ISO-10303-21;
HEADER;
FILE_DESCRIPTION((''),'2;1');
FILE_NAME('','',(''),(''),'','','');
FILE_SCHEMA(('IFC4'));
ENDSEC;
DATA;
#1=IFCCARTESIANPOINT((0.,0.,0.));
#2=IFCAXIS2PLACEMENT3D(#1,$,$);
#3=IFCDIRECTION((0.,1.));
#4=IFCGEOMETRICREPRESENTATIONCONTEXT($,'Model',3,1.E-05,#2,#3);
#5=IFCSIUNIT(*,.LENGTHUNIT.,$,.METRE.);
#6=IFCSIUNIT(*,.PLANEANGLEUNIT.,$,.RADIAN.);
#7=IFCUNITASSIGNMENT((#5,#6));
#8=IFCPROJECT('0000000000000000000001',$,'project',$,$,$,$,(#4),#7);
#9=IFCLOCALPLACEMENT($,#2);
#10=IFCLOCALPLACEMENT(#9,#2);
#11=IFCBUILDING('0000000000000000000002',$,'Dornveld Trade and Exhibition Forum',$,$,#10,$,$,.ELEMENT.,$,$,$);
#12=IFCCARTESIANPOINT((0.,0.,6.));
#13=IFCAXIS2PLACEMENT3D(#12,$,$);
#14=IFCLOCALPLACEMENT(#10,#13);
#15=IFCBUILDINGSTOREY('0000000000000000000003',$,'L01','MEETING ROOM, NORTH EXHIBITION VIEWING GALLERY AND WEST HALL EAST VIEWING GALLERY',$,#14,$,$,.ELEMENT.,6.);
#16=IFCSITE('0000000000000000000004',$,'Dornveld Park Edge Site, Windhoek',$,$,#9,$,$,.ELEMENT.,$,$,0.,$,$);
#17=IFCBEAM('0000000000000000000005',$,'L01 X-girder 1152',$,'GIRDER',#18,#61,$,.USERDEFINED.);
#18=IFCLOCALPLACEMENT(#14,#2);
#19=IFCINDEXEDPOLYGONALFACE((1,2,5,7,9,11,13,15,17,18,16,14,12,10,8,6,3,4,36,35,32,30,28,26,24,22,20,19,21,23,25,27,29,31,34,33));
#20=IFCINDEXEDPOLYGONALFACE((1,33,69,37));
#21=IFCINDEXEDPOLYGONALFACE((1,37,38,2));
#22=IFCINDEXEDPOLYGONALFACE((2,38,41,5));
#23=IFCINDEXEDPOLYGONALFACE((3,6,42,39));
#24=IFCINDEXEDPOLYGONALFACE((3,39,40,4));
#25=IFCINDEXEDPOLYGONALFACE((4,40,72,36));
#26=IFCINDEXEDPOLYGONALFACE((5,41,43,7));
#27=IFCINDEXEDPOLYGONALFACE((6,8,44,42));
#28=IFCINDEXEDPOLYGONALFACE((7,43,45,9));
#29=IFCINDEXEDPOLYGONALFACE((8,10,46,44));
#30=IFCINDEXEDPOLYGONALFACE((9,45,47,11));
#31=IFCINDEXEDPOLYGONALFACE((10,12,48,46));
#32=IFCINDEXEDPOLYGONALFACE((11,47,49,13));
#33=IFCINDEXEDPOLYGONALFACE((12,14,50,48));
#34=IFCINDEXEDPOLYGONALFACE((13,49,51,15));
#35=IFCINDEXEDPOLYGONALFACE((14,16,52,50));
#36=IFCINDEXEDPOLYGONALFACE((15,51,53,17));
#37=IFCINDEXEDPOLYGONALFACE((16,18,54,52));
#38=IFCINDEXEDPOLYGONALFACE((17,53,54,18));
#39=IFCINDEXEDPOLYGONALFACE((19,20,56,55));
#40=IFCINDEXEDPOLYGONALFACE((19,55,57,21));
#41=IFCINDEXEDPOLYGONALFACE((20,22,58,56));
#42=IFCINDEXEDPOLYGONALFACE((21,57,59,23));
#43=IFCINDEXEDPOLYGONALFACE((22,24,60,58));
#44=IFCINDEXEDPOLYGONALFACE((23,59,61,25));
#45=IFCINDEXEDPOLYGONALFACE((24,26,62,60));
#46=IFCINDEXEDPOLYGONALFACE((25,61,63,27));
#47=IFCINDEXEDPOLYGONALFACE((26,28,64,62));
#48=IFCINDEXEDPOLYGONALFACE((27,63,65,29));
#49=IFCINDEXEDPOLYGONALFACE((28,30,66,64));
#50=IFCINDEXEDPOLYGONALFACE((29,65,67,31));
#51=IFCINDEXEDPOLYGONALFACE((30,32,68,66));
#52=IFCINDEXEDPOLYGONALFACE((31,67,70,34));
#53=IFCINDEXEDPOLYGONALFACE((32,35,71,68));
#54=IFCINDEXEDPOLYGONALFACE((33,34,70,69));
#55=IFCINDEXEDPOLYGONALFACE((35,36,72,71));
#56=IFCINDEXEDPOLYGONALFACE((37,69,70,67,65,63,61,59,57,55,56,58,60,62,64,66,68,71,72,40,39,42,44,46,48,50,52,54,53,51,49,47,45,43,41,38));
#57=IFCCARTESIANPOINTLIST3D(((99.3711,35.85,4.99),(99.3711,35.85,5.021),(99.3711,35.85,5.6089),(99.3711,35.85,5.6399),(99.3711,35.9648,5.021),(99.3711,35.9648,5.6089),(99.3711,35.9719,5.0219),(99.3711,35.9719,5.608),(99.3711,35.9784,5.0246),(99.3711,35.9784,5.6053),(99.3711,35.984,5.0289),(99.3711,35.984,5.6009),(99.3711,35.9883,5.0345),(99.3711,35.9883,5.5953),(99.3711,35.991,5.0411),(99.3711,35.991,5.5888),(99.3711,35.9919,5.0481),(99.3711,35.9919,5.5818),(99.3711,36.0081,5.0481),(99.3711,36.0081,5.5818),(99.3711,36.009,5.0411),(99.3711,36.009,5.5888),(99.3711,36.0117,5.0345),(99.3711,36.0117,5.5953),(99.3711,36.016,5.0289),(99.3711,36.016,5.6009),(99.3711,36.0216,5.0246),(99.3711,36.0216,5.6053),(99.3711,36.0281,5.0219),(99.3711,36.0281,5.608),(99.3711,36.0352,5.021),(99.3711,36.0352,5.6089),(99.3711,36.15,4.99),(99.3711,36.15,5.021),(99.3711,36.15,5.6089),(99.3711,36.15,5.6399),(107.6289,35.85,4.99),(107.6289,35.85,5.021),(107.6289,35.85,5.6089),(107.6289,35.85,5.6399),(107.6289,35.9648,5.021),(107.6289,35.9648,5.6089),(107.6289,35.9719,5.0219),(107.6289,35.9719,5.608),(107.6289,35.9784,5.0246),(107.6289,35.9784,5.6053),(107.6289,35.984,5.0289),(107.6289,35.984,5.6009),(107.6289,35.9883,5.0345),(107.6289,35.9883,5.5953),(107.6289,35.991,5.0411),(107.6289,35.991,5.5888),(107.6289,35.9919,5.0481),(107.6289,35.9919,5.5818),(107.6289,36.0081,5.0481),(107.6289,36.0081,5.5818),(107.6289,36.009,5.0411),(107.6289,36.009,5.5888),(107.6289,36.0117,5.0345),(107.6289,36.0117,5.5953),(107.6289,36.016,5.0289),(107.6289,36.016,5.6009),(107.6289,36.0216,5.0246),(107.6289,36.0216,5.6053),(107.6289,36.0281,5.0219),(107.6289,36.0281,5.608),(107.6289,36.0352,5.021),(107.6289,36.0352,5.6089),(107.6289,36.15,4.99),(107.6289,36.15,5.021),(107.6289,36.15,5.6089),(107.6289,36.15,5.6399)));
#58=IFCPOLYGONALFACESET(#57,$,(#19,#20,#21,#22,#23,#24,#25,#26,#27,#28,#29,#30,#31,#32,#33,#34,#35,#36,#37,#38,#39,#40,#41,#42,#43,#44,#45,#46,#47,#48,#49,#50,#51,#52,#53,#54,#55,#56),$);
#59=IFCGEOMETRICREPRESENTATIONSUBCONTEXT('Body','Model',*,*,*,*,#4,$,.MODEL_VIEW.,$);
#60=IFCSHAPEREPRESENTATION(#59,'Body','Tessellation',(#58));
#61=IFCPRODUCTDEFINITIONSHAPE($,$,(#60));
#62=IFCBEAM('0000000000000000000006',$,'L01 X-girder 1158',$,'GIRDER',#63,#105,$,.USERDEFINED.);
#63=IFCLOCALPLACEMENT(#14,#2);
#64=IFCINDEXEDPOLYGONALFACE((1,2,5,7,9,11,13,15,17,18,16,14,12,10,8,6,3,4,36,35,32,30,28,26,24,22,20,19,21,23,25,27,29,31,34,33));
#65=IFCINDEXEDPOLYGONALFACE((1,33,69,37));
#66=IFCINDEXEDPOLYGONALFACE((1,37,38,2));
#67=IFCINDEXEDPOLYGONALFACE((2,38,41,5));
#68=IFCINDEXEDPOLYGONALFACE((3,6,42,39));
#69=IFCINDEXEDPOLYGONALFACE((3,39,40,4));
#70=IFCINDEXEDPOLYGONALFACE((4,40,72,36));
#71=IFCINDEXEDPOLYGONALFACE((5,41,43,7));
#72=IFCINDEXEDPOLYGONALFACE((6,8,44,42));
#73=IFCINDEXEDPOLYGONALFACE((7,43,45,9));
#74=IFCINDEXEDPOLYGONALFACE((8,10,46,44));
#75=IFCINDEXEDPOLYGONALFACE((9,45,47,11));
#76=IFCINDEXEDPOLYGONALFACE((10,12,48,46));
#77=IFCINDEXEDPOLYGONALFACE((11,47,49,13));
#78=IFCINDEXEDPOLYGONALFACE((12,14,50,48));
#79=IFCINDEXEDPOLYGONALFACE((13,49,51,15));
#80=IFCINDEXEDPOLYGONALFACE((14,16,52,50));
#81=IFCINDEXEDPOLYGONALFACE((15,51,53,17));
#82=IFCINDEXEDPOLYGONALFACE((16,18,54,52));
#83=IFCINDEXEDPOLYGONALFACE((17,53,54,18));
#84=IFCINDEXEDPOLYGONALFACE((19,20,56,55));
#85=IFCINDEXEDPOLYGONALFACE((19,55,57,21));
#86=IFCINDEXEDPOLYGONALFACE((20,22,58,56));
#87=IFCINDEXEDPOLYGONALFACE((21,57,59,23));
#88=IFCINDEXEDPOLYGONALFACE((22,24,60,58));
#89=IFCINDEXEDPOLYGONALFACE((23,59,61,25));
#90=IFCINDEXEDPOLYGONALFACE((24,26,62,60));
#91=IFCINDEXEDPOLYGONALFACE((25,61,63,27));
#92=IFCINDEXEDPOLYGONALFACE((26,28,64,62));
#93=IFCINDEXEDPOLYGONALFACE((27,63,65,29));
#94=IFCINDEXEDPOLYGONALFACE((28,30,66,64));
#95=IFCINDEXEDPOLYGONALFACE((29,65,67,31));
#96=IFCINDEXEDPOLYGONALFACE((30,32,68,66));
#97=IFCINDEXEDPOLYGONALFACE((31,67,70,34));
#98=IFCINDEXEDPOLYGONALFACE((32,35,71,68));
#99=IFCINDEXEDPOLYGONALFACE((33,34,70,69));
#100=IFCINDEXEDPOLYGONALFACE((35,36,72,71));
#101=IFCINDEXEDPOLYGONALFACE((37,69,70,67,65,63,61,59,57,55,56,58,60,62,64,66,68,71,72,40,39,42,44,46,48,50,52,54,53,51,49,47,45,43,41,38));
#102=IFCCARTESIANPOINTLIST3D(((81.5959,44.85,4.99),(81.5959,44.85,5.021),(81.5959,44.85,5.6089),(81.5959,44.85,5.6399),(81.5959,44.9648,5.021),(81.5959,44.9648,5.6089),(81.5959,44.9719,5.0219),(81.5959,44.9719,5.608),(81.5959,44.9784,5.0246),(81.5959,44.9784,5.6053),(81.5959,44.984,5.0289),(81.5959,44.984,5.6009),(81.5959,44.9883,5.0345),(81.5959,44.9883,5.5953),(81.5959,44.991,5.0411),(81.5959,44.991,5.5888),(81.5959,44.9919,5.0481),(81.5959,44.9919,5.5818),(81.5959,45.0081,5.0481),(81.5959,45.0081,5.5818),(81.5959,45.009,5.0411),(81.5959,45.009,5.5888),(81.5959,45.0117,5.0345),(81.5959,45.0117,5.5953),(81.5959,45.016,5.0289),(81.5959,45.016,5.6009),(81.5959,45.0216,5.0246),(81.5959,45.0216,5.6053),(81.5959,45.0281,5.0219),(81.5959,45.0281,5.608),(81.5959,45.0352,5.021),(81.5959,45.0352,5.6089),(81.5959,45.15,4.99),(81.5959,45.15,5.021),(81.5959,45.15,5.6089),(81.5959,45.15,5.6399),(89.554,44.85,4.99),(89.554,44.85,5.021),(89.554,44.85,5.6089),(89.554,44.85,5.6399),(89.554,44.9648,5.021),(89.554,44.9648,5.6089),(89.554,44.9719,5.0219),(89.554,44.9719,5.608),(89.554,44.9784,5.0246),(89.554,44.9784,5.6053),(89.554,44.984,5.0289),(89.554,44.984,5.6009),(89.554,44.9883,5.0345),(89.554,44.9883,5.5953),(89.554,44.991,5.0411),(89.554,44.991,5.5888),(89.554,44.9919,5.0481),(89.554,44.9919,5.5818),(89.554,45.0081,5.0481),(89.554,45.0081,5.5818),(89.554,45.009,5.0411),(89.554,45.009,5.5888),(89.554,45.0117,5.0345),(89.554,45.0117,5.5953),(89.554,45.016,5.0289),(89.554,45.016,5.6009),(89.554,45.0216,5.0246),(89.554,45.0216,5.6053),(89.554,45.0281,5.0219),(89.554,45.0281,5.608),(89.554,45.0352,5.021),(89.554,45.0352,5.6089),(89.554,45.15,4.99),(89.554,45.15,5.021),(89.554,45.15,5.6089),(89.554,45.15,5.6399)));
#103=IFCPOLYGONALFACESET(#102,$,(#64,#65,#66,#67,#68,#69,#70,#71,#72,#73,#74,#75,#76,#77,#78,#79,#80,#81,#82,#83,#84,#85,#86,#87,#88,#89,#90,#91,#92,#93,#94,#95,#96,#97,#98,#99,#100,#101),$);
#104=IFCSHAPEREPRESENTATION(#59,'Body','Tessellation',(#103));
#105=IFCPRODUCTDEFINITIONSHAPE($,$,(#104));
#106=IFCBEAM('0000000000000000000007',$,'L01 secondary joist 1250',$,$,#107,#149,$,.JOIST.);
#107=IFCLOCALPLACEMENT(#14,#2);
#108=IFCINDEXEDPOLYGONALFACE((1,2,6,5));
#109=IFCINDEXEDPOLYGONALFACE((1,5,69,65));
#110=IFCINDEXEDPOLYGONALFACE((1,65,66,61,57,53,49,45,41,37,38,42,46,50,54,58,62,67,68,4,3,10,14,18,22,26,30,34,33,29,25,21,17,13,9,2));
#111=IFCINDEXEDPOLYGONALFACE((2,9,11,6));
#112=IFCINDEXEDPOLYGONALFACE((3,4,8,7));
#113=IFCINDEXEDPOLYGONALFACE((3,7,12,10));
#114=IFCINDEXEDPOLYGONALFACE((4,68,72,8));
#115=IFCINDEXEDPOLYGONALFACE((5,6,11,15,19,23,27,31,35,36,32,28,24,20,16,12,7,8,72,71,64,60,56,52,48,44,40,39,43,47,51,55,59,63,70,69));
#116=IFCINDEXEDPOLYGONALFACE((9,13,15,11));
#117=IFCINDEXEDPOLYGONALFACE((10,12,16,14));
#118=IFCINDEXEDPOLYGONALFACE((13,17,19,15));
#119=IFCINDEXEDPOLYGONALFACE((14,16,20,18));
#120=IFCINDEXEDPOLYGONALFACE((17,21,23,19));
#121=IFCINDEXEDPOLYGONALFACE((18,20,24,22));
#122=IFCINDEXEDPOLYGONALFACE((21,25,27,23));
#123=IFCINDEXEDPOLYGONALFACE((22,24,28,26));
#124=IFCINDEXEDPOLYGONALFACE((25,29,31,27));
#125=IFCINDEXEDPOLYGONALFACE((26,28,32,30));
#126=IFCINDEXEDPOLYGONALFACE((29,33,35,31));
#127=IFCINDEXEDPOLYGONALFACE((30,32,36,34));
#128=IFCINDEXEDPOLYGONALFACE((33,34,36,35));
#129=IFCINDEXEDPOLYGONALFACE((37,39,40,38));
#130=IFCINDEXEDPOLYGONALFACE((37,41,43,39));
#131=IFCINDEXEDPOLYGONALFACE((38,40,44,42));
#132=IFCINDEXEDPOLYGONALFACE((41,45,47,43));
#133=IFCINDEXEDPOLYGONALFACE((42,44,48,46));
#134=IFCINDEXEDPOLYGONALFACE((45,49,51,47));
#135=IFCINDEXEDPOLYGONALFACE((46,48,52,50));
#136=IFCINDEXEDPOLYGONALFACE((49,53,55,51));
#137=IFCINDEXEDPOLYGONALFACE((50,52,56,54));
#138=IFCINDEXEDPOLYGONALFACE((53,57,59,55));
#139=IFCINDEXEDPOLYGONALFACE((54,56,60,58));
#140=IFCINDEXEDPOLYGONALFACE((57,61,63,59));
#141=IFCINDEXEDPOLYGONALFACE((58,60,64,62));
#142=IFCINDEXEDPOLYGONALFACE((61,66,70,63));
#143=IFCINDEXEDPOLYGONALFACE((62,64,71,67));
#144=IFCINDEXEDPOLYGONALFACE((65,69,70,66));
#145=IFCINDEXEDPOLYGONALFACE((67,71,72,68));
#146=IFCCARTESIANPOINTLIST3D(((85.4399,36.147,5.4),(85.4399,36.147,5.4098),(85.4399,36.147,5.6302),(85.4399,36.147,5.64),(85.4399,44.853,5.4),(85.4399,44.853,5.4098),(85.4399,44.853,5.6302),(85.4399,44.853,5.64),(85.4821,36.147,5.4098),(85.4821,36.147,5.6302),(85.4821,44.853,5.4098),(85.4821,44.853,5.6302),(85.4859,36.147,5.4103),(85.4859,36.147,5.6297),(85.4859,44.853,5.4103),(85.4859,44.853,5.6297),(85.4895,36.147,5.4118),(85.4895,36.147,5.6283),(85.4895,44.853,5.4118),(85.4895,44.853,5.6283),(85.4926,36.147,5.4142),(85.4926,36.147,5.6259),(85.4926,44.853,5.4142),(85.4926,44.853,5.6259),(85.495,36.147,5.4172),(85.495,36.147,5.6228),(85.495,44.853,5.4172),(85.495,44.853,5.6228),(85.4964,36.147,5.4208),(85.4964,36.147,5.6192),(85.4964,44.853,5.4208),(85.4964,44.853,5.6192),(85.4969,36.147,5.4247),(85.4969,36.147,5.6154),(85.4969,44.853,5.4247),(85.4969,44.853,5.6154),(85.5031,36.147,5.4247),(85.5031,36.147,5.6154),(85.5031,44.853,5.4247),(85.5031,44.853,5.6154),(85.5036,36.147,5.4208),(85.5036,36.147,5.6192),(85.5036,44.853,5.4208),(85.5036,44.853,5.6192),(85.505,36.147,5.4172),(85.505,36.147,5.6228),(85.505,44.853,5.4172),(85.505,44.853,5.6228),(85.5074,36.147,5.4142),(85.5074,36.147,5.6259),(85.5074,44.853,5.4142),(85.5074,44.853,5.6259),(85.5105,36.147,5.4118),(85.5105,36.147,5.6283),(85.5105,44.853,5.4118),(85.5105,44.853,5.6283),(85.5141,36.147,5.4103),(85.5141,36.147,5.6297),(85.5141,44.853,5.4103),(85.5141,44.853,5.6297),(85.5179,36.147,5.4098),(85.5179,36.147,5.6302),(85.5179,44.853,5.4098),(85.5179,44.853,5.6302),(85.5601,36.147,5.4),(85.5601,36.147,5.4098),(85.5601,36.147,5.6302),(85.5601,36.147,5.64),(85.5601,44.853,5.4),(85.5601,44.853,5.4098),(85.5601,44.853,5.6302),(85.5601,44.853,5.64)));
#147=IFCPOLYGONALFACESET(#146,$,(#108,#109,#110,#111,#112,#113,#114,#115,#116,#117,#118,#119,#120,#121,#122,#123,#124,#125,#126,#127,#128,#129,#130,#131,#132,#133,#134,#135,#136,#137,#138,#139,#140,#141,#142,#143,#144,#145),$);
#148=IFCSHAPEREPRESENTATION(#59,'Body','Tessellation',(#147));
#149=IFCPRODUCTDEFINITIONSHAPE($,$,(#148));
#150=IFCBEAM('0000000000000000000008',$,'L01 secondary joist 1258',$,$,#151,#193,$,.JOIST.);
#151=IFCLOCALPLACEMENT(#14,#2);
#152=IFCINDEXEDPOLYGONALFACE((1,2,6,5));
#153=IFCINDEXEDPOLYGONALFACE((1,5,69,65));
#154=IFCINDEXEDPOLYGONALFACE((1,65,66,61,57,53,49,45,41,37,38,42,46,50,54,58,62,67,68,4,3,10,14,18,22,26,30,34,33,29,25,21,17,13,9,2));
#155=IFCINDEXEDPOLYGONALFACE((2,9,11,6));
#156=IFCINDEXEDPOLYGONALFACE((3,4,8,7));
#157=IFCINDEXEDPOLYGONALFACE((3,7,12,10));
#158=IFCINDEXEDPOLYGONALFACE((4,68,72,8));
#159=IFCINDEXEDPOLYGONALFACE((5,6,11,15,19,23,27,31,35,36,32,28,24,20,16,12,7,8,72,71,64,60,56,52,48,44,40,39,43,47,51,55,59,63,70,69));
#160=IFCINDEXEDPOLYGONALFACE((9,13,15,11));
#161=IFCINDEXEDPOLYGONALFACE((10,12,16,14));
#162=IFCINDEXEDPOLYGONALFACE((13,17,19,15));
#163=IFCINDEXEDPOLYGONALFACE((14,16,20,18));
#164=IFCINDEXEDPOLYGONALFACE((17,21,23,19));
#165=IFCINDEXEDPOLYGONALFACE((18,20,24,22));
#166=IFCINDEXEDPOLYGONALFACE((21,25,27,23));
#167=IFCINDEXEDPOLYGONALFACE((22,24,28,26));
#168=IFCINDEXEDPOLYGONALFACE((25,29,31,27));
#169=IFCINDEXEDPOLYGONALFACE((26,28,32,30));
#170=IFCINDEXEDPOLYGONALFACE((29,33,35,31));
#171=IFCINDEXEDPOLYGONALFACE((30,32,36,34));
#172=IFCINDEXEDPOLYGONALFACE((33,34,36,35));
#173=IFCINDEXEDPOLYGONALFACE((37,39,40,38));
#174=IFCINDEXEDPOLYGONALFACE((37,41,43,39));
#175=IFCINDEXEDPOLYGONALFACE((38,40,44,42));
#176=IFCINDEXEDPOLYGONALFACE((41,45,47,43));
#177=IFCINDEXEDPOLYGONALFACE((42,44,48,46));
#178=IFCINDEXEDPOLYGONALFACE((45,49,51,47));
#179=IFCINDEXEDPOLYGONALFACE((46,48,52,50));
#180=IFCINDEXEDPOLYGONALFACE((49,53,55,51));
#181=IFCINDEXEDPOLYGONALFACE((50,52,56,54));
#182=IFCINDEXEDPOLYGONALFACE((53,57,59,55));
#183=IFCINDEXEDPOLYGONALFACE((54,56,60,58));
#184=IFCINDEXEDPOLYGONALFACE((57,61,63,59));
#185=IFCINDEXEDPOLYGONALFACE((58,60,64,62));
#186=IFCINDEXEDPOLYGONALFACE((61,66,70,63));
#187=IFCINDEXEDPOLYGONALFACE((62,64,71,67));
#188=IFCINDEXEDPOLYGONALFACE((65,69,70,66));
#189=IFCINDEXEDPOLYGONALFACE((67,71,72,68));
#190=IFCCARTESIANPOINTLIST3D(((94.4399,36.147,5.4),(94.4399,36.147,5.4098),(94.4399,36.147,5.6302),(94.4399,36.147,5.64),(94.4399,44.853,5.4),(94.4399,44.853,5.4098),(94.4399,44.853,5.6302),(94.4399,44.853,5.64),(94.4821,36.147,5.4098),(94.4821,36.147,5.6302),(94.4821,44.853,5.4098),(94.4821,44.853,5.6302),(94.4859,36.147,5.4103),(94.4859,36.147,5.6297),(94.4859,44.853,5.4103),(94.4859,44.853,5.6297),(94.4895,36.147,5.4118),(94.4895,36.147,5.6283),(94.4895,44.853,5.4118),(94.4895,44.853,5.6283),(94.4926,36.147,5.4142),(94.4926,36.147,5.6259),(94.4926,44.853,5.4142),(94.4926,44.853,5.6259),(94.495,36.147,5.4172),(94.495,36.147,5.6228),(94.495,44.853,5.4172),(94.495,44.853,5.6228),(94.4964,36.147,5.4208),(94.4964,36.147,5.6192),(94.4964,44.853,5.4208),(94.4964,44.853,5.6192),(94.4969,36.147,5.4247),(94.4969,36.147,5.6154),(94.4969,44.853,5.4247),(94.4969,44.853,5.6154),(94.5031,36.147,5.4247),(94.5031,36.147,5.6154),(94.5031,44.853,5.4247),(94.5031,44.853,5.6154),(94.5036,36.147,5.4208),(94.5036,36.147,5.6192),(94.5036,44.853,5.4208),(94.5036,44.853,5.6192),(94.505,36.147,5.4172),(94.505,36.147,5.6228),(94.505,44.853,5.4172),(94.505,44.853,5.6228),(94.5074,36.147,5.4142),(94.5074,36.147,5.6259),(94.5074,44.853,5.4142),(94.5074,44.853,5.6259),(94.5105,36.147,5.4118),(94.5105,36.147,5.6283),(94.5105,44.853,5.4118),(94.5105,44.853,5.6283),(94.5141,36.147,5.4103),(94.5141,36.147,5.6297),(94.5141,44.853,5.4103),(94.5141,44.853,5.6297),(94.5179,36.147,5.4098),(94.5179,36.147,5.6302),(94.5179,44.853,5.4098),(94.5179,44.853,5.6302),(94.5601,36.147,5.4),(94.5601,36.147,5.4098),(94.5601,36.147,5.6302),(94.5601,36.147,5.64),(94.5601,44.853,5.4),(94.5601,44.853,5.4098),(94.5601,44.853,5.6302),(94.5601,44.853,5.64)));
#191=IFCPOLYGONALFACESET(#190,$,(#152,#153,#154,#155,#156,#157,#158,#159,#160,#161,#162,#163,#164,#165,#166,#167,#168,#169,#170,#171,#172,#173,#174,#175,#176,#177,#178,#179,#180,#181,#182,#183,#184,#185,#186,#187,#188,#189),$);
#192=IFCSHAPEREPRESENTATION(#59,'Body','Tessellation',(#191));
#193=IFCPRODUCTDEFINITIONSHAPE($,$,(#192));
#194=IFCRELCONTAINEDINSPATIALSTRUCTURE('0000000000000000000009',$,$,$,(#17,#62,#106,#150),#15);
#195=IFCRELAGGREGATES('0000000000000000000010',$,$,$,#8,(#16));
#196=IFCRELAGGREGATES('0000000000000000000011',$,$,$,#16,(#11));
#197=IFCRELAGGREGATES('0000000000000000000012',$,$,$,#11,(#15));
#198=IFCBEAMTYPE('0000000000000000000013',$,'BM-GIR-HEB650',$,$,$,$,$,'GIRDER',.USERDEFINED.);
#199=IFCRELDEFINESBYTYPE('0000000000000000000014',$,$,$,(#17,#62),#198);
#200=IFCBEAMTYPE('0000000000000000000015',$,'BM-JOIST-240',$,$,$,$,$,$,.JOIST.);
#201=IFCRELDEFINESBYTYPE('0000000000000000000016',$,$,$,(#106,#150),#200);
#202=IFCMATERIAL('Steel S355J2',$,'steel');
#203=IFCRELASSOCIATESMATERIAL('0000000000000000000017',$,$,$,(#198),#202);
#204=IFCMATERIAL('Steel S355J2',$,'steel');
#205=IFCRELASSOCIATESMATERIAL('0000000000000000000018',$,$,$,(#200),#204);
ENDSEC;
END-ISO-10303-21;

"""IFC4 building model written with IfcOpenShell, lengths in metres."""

from ifc_helpers import new_model, si_unit, direction, frame, origin, origin_2d, place, context, subcontext, project, spatial, i_section, extrude, material, material_profile, profile_set, type_object, element, save


model = new_model("IFC4")

# Units and contexts
model_context = context("Model", 3, precision=1e-05, world=origin(), true_north=direction((0.0, 1.0)))
body_context = subcontext(model_context, "Body", "Model", "MODEL_VIEW")
ifc_project = project(units=[si_unit("LENGTHUNIT", "METRE"), si_unit("PLANEANGLEUNIT", "RADIAN")], contexts=[model_context])

# Site, building, storey
site_placement = place(None, origin())
site = spatial("IfcSite", under=ifc_project, at=site_placement, Name="Dornveld Park Edge Site, Windhoek", CompositionType="ELEMENT", RefElevation=0.0)
building_placement = place(site_placement, origin())
building = spatial("IfcBuilding", under=site, at=building_placement, Name="Dornveld Trade and Exhibition Forum", CompositionType="ELEMENT")
storey_placement = place(building_placement, frame((0.0, 0.0, 6.0)))
storey = spatial("IfcBuildingStorey", under=building, at=storey_placement, Name="L01", Description="MEETING ROOM, NORTH EXHIBITION VIEWING GALLERY AND WEST HALL EAST VIEWING GALLERY", CompositionType="ELEMENT", Elevation=6.0)

# Beams
ifc_material_1 = material(Name="Steel S355J2", Category="steel")
ifc_material_profile_1 = material_profile(ifc_material_1, i_section(OverallWidth=0.3, OverallDepth=0.6499, WebThickness=0.0161, FlangeThickness=0.031, FilletRadius=0.0271, at=origin_2d()), Name="HEB 650")
ifc_profile_set_1 = profile_set([ifc_material_profile_1], Name="Steel S355J2")
beam_type_1 = type_object("IfcBeamType", Name="BM-GIR-HEB650", ElementType="GIRDER", PredefinedType="USERDEFINED", material=ifc_profile_set_1)
beam_1_placement = place(storey_placement, frame((99.3711, 36.0, 5.3149), z_axis=(1.0, 0.0, 0.0), x_axis=(0.0, 1.0, 0.0)))
element("IfcBeam", 1, at=beam_1_placement, inside=storey, type_object=beam_type_1, Name="L01 X-girder 1152", ObjectType="GIRDER", PredefinedType="USERDEFINED", context=body_context, shape_type="SweptSolid", body=[
    extrude(i_section(OverallWidth=0.3, OverallDepth=0.6499, WebThickness=0.0161, FlangeThickness=0.031, FilletRadius=0.0271, at=origin_2d()), origin(), (0.0, 0.0, 1.0), 8.2578),
])
beam_2_placement = place(storey_placement, frame((81.5959, 45.0, 5.3149), z_axis=(1.0, 0.0, 0.0), x_axis=(0.0, 1.0, 0.0)))
element("IfcBeam", 2, at=beam_2_placement, inside=storey, type_object=beam_type_1, Name="L01 X-girder 1158", ObjectType="GIRDER", PredefinedType="USERDEFINED", context=body_context, shape_type="SweptSolid", body=[
    extrude(i_section(OverallWidth=0.3, OverallDepth=0.6499, WebThickness=0.0161, FlangeThickness=0.031, FilletRadius=0.0271, at=origin_2d()), origin(), (0.0, 0.0, 1.0), 7.958),
])
ifc_material_2 = material(Name="Steel S355J2", Category="steel")
ifc_material_profile_2 = material_profile(ifc_material_2, i_section(OverallWidth=0.1201, OverallDepth=0.24, WebThickness=0.0061, FlangeThickness=0.0098, FilletRadius=0.0149, at=origin_2d()), Name="IPE 240")
ifc_profile_set_2 = profile_set([ifc_material_profile_2], Name="Steel S355J2")
beam_type_2 = type_object("IfcBeamType", Name="BM-JOIST-240", PredefinedType="JOIST", material=ifc_profile_set_2)
for number, where, z_axis, x_axis, name in (
    (3, (85.5, 36.147, 5.52), (0.0, 1.0, 0.0), (-1.0, 0.0, 0.0), "L01 secondary joist 1250"),
    (4, (94.5, 36.147, 5.52), (0.0, 1.0, 0.0), (-1.0, 0.0, 0.0), "L01 secondary joist 1258"),
):
    element("IfcBeam", number, at=place(storey_placement, frame(where, z_axis=z_axis, x_axis=x_axis)), inside=storey, type_object=beam_type_2, Name=name, PredefinedType="JOIST", context=body_context, shape_type="SweptSolid", body=[
        extrude(i_section(OverallWidth=0.1201, OverallDepth=0.24, WebThickness=0.0061, FlangeThickness=0.0098, FilletRadius=0.0149, at=origin_2d()), origin(), (0.0, 0.0, 1.0), 8.7061),
    ])

save(model, "model.ifc")
